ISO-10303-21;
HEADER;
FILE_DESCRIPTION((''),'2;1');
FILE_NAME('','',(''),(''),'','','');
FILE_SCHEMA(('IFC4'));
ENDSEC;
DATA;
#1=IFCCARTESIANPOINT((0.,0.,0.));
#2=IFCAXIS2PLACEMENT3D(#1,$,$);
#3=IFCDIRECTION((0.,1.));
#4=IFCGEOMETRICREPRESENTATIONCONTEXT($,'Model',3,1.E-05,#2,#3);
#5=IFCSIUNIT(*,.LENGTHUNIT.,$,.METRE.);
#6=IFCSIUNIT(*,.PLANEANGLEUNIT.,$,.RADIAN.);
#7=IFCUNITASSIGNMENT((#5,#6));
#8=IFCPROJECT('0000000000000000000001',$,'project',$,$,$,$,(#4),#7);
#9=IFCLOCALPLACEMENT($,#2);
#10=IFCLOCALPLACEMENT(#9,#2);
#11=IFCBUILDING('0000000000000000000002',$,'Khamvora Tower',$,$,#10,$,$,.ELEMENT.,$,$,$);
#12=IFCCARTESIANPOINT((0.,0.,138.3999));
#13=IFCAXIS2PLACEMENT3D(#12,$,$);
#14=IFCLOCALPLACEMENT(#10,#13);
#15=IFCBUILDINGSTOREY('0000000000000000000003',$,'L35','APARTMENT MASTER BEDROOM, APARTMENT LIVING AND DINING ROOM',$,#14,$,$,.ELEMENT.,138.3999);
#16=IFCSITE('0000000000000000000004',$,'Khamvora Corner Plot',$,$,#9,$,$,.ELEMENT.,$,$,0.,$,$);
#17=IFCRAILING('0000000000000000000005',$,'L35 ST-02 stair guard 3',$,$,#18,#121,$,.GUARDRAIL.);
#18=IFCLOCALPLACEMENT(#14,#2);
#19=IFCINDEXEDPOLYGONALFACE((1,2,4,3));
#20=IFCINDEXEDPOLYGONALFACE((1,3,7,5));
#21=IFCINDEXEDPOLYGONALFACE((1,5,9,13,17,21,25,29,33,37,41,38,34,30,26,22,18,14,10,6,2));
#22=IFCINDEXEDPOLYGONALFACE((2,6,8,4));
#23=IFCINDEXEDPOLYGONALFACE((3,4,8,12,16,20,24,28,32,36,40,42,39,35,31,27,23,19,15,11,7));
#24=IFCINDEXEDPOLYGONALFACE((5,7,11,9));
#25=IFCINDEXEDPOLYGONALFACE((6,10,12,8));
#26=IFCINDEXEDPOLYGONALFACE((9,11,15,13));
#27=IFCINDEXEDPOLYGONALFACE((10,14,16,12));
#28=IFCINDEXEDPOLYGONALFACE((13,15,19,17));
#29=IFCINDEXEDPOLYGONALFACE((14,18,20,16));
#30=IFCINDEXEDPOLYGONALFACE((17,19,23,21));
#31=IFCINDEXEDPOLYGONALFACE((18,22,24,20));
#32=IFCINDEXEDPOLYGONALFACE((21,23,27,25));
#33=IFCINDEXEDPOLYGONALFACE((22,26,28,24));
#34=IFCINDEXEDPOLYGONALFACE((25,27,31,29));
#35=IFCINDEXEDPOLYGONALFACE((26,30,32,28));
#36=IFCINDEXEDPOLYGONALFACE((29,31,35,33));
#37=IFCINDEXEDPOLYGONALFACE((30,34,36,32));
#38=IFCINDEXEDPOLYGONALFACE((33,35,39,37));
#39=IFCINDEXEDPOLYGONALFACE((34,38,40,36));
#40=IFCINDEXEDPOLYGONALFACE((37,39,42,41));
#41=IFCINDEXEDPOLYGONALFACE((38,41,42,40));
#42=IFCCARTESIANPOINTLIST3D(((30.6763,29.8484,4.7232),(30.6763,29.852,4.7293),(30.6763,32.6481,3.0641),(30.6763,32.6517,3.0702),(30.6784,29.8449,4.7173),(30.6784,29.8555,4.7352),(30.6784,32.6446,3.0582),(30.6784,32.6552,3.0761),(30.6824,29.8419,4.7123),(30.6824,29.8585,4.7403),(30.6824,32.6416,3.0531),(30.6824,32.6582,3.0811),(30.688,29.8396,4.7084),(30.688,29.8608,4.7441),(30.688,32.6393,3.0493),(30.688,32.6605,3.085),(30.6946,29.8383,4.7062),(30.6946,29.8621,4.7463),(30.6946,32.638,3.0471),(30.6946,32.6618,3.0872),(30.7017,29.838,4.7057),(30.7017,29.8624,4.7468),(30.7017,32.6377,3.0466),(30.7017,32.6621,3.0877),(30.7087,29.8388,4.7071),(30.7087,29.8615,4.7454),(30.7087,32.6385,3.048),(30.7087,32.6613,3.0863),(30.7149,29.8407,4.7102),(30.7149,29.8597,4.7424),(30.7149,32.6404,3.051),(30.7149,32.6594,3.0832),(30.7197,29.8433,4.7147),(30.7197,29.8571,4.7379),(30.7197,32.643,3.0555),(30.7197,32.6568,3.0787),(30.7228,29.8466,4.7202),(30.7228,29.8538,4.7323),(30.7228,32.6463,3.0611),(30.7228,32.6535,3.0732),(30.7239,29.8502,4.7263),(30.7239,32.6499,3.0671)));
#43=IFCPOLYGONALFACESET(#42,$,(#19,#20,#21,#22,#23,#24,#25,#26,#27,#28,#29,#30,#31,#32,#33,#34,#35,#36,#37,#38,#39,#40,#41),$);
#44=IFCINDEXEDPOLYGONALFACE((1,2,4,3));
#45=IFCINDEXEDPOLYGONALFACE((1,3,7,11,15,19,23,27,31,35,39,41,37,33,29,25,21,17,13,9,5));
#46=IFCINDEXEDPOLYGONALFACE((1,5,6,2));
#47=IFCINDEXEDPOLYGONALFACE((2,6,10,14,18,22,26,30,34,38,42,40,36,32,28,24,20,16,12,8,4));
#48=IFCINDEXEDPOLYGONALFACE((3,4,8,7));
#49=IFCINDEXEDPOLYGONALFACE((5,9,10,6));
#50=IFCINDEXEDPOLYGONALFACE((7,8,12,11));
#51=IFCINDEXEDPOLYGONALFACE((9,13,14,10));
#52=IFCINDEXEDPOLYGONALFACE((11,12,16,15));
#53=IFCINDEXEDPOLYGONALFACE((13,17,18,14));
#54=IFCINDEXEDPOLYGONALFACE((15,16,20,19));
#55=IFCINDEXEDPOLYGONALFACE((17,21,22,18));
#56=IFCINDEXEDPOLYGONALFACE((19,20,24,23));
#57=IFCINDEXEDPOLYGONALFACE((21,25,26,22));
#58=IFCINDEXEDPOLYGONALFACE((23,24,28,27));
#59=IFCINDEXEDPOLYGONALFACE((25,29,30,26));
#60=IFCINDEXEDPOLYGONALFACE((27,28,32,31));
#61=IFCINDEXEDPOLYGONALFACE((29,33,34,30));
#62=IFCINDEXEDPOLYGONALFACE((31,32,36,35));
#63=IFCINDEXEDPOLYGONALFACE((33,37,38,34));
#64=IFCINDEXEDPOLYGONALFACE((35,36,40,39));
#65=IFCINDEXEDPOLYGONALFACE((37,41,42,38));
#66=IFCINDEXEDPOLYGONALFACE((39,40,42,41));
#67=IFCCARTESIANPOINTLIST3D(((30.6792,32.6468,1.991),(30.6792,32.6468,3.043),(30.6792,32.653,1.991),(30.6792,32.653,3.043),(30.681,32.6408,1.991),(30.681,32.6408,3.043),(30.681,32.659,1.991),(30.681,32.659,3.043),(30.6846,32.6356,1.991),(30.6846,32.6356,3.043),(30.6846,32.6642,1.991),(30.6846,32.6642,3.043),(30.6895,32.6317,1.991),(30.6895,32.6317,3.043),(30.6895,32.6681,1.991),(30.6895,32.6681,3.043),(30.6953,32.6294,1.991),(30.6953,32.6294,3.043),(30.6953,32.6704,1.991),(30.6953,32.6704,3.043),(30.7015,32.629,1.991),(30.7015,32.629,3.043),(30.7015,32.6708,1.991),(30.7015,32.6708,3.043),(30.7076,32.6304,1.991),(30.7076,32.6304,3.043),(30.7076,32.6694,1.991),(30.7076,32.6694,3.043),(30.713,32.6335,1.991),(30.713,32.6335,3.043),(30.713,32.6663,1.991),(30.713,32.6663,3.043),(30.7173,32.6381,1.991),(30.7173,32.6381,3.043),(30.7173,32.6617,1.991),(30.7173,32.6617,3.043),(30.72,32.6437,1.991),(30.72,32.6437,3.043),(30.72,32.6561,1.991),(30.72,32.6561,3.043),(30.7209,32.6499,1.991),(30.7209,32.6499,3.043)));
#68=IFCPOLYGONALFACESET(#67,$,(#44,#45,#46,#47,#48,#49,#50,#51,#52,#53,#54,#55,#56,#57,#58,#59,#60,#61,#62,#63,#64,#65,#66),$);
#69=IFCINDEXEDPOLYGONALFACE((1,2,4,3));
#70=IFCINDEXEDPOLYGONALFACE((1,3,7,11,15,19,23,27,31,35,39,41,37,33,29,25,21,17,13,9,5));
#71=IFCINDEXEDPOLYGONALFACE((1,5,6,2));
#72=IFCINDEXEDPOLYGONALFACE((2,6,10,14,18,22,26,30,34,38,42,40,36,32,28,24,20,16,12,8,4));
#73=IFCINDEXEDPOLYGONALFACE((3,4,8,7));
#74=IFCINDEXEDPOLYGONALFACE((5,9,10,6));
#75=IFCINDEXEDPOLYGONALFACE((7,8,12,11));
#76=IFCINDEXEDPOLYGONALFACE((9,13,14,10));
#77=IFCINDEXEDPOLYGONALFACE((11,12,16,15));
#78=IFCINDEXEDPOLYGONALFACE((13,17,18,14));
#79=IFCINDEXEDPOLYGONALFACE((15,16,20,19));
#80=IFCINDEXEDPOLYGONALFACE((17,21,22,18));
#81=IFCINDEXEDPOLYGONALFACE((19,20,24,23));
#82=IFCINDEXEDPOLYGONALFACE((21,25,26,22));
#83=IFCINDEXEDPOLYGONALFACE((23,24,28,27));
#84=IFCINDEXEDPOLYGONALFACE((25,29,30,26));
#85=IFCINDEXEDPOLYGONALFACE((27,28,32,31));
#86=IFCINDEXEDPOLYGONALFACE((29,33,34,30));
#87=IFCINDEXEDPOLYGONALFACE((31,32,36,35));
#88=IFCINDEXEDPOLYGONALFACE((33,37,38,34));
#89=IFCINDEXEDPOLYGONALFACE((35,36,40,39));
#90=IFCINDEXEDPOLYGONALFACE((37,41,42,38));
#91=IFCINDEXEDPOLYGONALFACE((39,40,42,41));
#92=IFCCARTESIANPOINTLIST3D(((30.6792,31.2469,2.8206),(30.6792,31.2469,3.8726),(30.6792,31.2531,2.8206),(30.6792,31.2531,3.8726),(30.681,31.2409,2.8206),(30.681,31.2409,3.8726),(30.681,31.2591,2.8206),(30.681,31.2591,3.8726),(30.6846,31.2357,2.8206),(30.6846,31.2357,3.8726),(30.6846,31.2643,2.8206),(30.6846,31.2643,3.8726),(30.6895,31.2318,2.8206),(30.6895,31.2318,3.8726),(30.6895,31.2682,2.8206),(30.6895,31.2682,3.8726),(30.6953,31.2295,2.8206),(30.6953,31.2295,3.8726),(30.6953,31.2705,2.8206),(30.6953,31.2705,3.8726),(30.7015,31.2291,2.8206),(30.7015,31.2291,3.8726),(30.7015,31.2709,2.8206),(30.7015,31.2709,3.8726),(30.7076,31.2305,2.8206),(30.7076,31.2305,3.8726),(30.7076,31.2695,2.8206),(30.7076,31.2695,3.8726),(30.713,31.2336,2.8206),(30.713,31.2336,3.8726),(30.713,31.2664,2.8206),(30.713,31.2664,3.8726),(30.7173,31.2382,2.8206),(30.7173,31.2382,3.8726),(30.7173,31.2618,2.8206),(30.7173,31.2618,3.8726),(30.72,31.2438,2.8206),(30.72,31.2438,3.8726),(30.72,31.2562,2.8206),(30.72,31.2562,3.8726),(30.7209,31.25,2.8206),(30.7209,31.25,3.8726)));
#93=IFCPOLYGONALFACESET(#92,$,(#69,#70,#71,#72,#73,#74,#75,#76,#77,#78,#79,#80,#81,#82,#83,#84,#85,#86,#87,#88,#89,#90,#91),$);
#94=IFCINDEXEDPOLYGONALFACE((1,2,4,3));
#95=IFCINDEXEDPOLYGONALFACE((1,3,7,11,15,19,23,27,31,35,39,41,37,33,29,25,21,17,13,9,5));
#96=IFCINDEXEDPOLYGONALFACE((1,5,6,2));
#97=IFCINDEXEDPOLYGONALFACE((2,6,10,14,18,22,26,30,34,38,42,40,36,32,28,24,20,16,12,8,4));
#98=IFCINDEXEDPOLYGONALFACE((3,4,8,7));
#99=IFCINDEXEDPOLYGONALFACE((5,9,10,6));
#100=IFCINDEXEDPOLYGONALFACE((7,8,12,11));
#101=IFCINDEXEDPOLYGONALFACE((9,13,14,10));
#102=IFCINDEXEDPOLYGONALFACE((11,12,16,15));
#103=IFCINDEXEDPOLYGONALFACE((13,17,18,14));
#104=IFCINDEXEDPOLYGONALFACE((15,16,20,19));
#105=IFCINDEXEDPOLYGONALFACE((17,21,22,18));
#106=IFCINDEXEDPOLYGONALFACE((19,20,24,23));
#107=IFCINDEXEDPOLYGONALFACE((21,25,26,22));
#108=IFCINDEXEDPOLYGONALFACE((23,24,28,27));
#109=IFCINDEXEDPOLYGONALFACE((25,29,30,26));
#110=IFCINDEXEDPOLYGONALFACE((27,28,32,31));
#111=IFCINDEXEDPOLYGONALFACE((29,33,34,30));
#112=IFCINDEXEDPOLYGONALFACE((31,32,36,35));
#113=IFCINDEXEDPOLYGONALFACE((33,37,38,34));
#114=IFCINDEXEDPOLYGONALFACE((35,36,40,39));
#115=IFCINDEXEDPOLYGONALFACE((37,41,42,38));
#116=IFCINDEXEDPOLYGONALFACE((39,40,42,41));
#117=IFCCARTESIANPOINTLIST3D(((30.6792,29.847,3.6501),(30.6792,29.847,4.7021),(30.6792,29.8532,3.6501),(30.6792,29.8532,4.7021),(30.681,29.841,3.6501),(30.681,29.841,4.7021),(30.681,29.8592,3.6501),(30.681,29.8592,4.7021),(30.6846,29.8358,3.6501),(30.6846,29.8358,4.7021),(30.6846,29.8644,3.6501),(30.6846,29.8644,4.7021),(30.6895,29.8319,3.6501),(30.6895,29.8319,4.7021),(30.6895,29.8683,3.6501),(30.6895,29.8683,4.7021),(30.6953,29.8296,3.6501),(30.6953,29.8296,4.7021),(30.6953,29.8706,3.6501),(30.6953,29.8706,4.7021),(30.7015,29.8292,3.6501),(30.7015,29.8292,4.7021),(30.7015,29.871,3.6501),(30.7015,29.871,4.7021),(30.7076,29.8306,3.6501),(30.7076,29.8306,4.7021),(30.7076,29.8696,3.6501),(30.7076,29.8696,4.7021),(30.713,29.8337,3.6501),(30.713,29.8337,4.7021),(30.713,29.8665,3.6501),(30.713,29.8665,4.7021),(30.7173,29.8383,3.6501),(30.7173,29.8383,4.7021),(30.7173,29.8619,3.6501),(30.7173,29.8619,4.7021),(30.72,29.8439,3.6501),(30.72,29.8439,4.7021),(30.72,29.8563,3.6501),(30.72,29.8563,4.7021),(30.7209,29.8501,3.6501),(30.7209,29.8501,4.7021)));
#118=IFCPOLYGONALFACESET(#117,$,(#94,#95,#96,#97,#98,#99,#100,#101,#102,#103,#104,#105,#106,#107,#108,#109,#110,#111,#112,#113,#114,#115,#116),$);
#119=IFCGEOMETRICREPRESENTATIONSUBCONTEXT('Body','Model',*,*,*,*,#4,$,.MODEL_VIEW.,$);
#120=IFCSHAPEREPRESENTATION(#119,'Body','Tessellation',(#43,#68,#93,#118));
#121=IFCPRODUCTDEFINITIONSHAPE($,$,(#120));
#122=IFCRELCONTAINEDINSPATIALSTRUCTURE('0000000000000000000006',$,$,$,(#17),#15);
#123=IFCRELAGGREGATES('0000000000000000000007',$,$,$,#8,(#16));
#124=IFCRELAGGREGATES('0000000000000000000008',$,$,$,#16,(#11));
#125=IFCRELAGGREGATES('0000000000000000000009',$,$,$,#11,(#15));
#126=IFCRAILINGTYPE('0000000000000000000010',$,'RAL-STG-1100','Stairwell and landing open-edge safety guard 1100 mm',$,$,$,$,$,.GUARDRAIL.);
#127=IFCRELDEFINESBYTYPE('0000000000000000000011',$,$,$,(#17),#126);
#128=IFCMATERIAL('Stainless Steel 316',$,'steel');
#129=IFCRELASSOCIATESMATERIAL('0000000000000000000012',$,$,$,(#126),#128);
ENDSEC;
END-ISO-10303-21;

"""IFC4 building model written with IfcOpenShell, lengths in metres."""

from ifc_helpers import new_model, si_unit, direction, frame, origin, origin_2d, place, context, subcontext, project, spatial, circle, extrude, material, type_object, element, save


model = new_model("IFC4")

# Units and contexts
model_context = context("Model", 3, precision=1e-05, world=origin(), true_north=direction((0.0, 1.0)))
body_context = subcontext(model_context, "Body", "Model", "MODEL_VIEW")
ifc_project = project(units=[si_unit("LENGTHUNIT", "METRE"), si_unit("PLANEANGLEUNIT", "RADIAN")], contexts=[model_context])

# Site, building, storey
site_placement = place(None, origin())
site = spatial("IfcSite", under=ifc_project, at=site_placement, Name="Khamvora Corner Plot", CompositionType="ELEMENT", RefElevation=0.0)
building_placement = place(site_placement, origin())
building = spatial("IfcBuilding", under=site, at=building_placement, Name="Khamvora Tower", CompositionType="ELEMENT")
storey_placement = place(building_placement, frame((0.0, 0.0, 138.3999)))
storey = spatial("IfcBuildingStorey", under=building, at=storey_placement, Name="L35", Description="APARTMENT MASTER BEDROOM, APARTMENT LIVING AND DINING ROOM", CompositionType="ELEMENT", Elevation=138.3999)

# Railing
ifc_material_1 = material(Name="Stainless Steel 316", Category="steel")
railing_type_1 = type_object("IfcRailingType", Name="RAL-STG-1100", Description="Stairwell and landing open-edge safety guard 1100 mm", PredefinedType="GUARDRAIL", material=ifc_material_1)
railing_1_placement = place(storey_placement, frame((30.7, 32.6499, 1.991)))
element("IfcRailing", 1, at=railing_1_placement, inside=storey, type_object=railing_type_1, Name="L35 ST-02 stair guard 3", PredefinedType="GUARDRAIL", context=body_context, shape_type="SweptSolid", body=[
    extrude(circle(Radius=0.0239, at=origin_2d()), frame((0.0, 0.0, 1.0762), z_axis=(0.0, -0.860287, 0.509811), x_axis=(1.0, 0.0, 0.0)), (0.0, 0.0, 1.0), 3.2544),
    extrude(circle(Radius=0.021, at=origin_2d()), origin(), (0.0, 0.0, 1.0), 1.052),
    extrude(circle(Radius=0.021, at=origin_2d()), frame((0.0, -1.3999, 0.8296)), (0.0, 0.0, 1.0), 1.052),
    extrude(circle(Radius=0.021, at=origin_2d()), frame((0.0, -2.7998, 1.6592)), (0.0, 0.0, 1.0), 1.052),
])

save(model, "model.ifc")
